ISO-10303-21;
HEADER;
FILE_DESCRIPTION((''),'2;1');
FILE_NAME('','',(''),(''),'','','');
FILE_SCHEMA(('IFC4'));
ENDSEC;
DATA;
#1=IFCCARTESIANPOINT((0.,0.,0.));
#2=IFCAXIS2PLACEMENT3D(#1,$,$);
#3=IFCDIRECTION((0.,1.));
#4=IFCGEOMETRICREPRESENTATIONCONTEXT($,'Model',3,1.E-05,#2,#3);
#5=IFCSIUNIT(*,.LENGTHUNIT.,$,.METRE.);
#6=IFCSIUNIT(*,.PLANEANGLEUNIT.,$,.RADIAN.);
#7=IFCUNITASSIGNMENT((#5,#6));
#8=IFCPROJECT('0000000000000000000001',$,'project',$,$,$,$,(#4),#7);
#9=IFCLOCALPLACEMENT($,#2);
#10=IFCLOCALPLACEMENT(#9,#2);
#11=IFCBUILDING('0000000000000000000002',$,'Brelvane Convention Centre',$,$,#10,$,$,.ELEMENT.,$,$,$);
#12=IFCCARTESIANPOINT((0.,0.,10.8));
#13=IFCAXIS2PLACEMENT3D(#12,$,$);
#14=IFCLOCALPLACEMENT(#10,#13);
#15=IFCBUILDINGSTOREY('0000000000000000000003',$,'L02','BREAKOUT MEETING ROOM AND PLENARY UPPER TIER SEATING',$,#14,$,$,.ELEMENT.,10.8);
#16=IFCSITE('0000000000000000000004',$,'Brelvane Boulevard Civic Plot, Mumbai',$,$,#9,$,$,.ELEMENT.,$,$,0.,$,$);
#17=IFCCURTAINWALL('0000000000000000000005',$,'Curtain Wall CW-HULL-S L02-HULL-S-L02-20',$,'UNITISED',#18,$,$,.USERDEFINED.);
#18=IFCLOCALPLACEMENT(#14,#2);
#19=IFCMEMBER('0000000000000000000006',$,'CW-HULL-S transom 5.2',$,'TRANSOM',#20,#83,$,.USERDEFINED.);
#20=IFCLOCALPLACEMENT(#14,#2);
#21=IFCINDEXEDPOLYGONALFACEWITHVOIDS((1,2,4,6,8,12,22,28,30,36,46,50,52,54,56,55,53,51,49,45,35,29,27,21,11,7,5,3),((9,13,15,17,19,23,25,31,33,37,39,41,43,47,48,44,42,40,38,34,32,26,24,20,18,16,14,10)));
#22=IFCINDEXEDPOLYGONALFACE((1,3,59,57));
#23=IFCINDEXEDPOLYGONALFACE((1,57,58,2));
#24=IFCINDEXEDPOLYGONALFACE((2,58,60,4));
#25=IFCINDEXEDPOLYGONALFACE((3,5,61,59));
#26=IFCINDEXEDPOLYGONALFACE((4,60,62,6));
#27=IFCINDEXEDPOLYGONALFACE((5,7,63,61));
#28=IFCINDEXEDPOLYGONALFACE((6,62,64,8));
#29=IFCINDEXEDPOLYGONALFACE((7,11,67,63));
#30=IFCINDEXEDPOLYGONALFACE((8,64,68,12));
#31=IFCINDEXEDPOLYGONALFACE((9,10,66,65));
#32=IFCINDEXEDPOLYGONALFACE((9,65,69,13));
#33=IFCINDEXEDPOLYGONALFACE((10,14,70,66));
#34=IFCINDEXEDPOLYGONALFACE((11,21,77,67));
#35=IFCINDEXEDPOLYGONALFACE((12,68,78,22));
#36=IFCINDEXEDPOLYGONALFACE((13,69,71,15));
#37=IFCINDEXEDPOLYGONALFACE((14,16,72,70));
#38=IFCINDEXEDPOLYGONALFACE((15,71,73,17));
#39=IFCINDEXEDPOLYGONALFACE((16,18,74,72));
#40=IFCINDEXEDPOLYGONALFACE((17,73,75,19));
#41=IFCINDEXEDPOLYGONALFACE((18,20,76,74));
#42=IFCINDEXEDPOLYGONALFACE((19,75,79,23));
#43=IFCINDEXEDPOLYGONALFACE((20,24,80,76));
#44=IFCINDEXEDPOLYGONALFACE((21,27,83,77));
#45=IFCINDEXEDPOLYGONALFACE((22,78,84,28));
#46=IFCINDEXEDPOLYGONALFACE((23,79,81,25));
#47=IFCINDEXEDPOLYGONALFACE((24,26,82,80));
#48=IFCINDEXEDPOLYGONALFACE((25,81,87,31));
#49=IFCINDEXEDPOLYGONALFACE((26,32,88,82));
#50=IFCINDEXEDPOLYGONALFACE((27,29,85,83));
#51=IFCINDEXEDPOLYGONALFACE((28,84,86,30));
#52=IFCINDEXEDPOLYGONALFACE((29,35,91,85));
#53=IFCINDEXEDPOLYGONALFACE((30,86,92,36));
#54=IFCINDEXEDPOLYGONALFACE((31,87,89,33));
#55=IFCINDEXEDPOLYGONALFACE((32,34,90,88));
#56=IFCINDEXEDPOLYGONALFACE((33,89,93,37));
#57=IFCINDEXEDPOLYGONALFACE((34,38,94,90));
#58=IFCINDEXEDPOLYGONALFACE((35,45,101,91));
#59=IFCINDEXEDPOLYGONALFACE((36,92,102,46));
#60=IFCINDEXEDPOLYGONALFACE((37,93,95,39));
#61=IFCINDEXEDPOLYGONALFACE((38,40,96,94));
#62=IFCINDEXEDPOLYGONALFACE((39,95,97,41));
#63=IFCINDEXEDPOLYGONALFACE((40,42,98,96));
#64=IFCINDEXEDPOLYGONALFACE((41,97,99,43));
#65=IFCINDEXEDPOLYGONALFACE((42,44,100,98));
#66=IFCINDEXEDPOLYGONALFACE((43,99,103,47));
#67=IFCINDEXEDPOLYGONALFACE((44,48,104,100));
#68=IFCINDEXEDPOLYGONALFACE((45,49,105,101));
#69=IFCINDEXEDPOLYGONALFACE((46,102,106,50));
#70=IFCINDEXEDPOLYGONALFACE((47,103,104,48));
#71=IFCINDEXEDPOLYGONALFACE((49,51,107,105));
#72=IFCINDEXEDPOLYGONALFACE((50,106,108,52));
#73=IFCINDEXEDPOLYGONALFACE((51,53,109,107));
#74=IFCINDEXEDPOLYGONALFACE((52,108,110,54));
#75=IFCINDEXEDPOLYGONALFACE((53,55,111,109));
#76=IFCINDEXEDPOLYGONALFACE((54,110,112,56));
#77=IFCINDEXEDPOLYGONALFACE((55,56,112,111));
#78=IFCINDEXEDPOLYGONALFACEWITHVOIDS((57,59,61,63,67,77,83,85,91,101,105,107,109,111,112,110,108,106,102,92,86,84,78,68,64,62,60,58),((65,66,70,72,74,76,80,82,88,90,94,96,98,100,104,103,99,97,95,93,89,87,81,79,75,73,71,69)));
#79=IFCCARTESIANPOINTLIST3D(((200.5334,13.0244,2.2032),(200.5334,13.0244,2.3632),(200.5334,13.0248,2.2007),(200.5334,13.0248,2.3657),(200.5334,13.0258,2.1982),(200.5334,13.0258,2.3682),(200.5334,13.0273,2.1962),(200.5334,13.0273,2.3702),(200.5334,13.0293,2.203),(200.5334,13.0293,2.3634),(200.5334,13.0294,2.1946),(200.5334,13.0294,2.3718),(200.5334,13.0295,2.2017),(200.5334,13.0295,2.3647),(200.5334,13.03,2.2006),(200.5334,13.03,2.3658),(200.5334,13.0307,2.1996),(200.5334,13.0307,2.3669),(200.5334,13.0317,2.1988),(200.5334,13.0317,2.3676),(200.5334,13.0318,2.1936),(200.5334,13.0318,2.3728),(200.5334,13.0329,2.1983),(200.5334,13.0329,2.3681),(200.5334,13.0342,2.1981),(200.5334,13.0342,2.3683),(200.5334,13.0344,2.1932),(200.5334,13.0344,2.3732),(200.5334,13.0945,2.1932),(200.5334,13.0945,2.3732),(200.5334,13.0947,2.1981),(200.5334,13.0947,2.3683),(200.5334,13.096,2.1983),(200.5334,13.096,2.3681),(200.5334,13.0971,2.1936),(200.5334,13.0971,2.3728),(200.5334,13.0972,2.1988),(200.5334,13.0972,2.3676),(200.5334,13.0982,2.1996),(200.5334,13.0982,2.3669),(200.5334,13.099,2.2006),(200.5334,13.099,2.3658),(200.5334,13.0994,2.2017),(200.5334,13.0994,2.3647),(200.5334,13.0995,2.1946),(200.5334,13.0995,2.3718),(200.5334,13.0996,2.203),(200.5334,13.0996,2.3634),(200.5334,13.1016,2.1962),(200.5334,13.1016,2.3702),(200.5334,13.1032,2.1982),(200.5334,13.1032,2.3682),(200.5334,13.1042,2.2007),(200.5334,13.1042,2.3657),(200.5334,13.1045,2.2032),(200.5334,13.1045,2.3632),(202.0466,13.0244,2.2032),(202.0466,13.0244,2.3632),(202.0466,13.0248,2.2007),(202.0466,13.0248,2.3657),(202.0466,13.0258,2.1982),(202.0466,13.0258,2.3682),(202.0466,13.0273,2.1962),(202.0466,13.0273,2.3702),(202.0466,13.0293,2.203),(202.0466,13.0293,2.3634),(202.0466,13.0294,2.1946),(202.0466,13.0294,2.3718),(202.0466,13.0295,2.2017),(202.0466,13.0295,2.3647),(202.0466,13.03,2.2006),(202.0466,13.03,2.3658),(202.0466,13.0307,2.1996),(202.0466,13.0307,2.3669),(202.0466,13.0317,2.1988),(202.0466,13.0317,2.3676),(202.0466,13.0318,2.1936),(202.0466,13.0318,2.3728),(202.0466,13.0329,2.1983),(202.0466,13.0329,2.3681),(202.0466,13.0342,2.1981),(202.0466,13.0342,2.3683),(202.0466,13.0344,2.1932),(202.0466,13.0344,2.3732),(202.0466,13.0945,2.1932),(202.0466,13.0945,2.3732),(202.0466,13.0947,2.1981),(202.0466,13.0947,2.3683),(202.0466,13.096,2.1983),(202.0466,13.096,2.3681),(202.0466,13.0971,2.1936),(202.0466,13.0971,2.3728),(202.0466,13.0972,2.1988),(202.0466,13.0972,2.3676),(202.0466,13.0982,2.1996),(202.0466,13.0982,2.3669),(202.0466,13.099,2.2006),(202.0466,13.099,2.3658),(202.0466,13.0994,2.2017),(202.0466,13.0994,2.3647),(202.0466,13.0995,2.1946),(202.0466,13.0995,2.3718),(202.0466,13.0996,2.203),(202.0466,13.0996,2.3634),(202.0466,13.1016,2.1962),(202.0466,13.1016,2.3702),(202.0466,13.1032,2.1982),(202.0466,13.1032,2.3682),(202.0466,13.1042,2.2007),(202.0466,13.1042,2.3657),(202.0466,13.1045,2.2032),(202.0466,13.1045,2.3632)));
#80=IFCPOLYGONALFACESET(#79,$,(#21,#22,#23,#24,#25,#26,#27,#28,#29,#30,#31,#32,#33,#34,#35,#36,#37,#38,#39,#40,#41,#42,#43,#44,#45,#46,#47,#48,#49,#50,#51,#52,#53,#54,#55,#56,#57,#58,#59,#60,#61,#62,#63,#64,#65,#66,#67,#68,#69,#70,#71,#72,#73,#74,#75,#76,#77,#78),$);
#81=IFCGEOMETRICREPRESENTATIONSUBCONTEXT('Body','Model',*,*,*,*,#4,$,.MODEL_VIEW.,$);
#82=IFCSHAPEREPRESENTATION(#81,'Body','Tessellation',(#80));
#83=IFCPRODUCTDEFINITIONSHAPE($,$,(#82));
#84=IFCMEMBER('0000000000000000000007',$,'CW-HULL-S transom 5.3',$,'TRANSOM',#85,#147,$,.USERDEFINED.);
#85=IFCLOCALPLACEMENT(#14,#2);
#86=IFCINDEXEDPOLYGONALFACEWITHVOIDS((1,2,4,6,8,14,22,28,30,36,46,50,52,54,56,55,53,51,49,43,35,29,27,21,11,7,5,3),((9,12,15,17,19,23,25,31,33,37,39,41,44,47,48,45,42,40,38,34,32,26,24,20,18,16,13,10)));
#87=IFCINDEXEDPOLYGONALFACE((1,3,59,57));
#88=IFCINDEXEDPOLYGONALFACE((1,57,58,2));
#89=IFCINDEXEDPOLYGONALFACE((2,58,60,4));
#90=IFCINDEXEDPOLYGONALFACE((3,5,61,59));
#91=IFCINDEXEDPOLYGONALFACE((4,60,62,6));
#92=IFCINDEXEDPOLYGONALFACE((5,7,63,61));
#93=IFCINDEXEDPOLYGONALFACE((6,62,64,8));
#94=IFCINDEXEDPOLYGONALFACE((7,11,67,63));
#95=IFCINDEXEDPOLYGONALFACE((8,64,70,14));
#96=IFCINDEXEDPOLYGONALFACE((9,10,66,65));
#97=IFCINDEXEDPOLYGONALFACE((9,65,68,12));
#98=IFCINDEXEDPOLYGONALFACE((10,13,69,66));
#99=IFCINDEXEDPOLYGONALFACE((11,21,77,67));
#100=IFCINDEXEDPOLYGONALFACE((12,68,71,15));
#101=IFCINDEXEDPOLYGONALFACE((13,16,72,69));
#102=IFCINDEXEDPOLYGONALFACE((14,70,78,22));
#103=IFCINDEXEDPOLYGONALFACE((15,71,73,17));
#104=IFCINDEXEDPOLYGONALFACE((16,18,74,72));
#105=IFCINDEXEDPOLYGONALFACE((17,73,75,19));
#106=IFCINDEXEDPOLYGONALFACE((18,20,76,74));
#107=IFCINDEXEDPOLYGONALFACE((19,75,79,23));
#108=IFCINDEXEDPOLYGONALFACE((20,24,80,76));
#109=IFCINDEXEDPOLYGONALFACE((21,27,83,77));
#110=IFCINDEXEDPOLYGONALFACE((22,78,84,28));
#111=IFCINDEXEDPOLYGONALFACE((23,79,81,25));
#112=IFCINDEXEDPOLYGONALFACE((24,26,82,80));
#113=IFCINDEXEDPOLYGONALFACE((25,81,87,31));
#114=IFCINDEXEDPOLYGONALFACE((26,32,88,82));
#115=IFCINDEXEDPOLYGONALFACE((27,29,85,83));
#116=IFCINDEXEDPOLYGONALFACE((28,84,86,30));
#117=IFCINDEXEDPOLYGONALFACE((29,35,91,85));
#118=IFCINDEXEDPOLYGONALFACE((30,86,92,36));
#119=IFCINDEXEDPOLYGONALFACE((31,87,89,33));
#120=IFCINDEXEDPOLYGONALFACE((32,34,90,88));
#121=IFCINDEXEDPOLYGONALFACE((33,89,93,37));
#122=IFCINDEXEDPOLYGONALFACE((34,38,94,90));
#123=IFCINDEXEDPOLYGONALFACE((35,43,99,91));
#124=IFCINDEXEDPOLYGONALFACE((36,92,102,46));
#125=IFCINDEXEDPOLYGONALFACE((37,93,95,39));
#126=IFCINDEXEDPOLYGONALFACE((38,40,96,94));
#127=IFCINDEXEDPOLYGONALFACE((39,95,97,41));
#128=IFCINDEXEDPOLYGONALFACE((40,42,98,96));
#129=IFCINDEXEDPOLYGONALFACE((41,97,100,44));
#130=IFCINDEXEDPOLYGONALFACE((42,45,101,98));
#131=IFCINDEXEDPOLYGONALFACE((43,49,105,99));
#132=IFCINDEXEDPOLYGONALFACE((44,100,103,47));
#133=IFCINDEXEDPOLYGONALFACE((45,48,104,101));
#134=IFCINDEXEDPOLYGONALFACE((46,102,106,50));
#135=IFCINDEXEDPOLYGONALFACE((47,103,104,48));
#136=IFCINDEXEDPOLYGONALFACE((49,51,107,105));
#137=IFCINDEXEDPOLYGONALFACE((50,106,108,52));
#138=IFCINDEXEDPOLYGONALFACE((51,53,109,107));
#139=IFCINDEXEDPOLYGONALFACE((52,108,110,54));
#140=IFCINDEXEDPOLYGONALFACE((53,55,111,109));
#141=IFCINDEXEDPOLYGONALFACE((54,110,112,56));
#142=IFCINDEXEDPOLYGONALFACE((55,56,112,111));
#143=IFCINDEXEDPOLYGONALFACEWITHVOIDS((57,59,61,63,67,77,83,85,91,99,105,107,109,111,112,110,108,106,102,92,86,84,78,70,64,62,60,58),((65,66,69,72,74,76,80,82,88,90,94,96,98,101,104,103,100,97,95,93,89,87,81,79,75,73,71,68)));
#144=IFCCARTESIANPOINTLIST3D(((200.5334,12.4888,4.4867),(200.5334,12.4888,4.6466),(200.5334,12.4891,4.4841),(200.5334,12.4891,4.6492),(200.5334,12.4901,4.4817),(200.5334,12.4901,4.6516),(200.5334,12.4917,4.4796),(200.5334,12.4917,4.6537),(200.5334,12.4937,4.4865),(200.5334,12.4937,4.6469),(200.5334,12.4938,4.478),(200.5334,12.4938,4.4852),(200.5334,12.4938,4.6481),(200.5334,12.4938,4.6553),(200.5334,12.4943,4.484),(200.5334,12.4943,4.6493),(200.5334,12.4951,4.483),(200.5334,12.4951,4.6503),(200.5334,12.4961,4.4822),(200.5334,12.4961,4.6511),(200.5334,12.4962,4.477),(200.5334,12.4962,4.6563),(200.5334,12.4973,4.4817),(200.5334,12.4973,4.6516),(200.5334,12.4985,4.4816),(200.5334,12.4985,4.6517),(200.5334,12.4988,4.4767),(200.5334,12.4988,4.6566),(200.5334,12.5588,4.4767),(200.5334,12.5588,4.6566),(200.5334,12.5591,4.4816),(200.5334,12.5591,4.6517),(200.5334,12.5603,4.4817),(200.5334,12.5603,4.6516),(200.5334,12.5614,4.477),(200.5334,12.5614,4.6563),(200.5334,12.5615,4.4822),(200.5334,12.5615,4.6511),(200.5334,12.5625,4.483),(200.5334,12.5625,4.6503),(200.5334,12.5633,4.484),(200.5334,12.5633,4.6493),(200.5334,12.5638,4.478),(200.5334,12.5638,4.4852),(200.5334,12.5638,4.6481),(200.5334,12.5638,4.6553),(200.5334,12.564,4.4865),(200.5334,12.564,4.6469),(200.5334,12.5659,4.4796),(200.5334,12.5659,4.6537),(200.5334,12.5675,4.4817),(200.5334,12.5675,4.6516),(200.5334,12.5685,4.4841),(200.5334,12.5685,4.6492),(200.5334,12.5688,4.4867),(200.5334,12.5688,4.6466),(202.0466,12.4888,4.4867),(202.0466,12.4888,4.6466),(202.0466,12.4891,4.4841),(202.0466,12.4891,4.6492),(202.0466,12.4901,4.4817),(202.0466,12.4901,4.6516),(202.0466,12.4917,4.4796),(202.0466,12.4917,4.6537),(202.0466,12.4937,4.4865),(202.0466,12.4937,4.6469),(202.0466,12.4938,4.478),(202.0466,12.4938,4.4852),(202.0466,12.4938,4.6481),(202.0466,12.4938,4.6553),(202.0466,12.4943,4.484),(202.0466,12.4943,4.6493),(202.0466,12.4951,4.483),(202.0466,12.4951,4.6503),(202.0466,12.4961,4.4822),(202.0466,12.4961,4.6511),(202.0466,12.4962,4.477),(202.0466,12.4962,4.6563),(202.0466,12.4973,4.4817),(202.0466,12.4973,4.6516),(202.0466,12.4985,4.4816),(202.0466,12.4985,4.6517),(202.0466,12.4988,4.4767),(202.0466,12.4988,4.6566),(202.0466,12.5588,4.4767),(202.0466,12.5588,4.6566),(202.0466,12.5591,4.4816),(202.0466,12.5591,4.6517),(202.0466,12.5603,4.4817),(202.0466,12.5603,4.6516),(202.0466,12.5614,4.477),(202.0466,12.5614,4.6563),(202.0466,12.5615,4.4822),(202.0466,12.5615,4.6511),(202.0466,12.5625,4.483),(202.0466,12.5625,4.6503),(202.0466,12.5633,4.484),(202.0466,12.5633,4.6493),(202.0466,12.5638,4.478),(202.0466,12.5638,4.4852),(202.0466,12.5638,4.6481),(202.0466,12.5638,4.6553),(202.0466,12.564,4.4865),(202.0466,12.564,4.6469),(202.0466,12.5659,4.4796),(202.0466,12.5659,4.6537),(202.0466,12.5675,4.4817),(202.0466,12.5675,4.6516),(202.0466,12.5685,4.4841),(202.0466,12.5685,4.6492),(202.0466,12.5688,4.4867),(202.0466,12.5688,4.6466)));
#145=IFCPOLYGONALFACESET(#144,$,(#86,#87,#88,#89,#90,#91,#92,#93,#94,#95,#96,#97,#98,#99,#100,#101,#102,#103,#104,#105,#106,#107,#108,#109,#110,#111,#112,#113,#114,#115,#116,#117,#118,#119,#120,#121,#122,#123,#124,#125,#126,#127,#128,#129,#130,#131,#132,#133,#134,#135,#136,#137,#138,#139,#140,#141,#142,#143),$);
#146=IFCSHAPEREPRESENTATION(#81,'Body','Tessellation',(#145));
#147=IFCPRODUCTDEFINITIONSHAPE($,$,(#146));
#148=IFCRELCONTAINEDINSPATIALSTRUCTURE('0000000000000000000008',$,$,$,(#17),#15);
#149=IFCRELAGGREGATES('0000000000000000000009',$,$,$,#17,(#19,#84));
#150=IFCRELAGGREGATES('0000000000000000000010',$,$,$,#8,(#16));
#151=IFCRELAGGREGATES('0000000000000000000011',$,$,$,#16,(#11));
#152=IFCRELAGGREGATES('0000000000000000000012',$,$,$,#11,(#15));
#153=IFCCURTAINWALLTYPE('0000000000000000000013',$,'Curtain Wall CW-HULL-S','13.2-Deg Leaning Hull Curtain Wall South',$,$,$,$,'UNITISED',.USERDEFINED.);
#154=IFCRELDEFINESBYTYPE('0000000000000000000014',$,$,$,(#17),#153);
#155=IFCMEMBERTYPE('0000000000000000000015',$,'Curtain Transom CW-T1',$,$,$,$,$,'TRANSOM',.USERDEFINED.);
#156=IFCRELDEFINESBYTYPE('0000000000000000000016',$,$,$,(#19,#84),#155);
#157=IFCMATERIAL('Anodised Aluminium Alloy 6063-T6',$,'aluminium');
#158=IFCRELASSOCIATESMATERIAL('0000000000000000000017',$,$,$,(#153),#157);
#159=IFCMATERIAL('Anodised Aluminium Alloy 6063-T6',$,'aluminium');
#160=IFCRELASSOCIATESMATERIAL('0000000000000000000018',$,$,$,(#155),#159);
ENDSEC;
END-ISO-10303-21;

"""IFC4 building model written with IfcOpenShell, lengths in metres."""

from ifc_helpers import new_model, si_unit, direction, frame, origin, origin_2d, place, context, subcontext, project, spatial, hollow_rectangle, extrude, material, material_profile, profile_set, type_object, element, aggregate, save


model = new_model("IFC4")

# Units and contexts
model_context = context("Model", 3, precision=1e-05, world=origin(), true_north=direction((0.0, 1.0)))
body_context = subcontext(model_context, "Body", "Model", "MODEL_VIEW")
ifc_project = project(units=[si_unit("LENGTHUNIT", "METRE"), si_unit("PLANEANGLEUNIT", "RADIAN")], contexts=[model_context])

# Site, building, storey
site_placement = place(None, origin())
site = spatial("IfcSite", under=ifc_project, at=site_placement, Name="Brelvane Boulevard Civic Plot, Mumbai", CompositionType="ELEMENT", RefElevation=0.0)
building_placement = place(site_placement, origin())
building = spatial("IfcBuilding", under=site, at=building_placement, Name="Brelvane Convention Centre", CompositionType="ELEMENT")
storey_placement = place(building_placement, frame((0.0, 0.0, 10.8)))
storey = spatial("IfcBuildingStorey", under=building, at=storey_placement, Name="L02", Description="BREAKOUT MEETING ROOM AND PLENARY UPPER TIER SEATING", CompositionType="ELEMENT", Elevation=10.8)

# Curtain wall, members
ifc_material_1 = material(Name="Anodised Aluminium Alloy 6063-T6", Category="aluminium")
curtain_wall_type = type_object("IfcCurtainWallType", Name="Curtain Wall CW-HULL-S", Description="13.2-Deg Leaning Hull Curtain Wall South", ElementType="UNITISED", PredefinedType="USERDEFINED", material=ifc_material_1)
curtain_wall_1_placement = place(storey_placement, origin())
curtain_wall_1 = element("IfcCurtainWall", 1, at=curtain_wall_1_placement, inside=storey, type_object=curtain_wall_type, Name="Curtain Wall CW-HULL-S L02-HULL-S-L02-20", ObjectType="UNITISED", PredefinedType="USERDEFINED")
ifc_material_2 = material(Name="Anodised Aluminium Alloy 6063-T6", Category="aluminium")
ifc_material_profile = material_profile(ifc_material_2, hollow_rectangle(XDim=0.0801, YDim=0.1799, WallThickness=0.0049, InnerFilletRadius=0.0049, OuterFilletRadius=0.01, at=origin_2d()), Name="ALU-T 180x80x5.0")
ifc_profile_set = profile_set([ifc_material_profile], Name="Anodised Aluminium Alloy 6063-T6")
member_type = type_object("IfcMemberType", Name="Curtain Transom CW-T1", ElementType="TRANSOM", PredefinedType="USERDEFINED", material=ifc_profile_set)
member_1_placement = place(storey_placement, frame((200.5334, 13.0645, 2.2832), z_axis=(1.0, 0.0, 0.0), x_axis=(0.0, 1.0, 0.0)))
member_1 = element("IfcMember", 2, at=member_1_placement, type_object=member_type, Name="CW-HULL-S transom 5.2", ObjectType="TRANSOM", PredefinedType="USERDEFINED", context=body_context, shape_type="SweptSolid", body=[
    extrude(hollow_rectangle(XDim=0.0801, YDim=0.1799, WallThickness=0.0049, InnerFilletRadius=0.0049, OuterFilletRadius=0.01, at=origin_2d()), origin(), (0.0, 0.0, 1.0), 1.5132),
])
member_2_placement = place(storey_placement, frame((200.5334, 12.5288, 4.5667), z_axis=(1.0, 0.0, 0.0), x_axis=(0.0, 1.0, 0.0)))
member_2 = element("IfcMember", 3, at=member_2_placement, type_object=member_type, Name="CW-HULL-S transom 5.3", ObjectType="TRANSOM", PredefinedType="USERDEFINED", context=body_context, shape_type="SweptSolid", body=[
    extrude(hollow_rectangle(XDim=0.0801, YDim=0.1799, WallThickness=0.0049, InnerFilletRadius=0.0049, OuterFilletRadius=0.01, at=origin_2d()), origin(), (0.0, 0.0, 1.0), 1.5132),
])

aggregate(curtain_wall_1, [member_1, member_2])

save(model, "model.ifc")
